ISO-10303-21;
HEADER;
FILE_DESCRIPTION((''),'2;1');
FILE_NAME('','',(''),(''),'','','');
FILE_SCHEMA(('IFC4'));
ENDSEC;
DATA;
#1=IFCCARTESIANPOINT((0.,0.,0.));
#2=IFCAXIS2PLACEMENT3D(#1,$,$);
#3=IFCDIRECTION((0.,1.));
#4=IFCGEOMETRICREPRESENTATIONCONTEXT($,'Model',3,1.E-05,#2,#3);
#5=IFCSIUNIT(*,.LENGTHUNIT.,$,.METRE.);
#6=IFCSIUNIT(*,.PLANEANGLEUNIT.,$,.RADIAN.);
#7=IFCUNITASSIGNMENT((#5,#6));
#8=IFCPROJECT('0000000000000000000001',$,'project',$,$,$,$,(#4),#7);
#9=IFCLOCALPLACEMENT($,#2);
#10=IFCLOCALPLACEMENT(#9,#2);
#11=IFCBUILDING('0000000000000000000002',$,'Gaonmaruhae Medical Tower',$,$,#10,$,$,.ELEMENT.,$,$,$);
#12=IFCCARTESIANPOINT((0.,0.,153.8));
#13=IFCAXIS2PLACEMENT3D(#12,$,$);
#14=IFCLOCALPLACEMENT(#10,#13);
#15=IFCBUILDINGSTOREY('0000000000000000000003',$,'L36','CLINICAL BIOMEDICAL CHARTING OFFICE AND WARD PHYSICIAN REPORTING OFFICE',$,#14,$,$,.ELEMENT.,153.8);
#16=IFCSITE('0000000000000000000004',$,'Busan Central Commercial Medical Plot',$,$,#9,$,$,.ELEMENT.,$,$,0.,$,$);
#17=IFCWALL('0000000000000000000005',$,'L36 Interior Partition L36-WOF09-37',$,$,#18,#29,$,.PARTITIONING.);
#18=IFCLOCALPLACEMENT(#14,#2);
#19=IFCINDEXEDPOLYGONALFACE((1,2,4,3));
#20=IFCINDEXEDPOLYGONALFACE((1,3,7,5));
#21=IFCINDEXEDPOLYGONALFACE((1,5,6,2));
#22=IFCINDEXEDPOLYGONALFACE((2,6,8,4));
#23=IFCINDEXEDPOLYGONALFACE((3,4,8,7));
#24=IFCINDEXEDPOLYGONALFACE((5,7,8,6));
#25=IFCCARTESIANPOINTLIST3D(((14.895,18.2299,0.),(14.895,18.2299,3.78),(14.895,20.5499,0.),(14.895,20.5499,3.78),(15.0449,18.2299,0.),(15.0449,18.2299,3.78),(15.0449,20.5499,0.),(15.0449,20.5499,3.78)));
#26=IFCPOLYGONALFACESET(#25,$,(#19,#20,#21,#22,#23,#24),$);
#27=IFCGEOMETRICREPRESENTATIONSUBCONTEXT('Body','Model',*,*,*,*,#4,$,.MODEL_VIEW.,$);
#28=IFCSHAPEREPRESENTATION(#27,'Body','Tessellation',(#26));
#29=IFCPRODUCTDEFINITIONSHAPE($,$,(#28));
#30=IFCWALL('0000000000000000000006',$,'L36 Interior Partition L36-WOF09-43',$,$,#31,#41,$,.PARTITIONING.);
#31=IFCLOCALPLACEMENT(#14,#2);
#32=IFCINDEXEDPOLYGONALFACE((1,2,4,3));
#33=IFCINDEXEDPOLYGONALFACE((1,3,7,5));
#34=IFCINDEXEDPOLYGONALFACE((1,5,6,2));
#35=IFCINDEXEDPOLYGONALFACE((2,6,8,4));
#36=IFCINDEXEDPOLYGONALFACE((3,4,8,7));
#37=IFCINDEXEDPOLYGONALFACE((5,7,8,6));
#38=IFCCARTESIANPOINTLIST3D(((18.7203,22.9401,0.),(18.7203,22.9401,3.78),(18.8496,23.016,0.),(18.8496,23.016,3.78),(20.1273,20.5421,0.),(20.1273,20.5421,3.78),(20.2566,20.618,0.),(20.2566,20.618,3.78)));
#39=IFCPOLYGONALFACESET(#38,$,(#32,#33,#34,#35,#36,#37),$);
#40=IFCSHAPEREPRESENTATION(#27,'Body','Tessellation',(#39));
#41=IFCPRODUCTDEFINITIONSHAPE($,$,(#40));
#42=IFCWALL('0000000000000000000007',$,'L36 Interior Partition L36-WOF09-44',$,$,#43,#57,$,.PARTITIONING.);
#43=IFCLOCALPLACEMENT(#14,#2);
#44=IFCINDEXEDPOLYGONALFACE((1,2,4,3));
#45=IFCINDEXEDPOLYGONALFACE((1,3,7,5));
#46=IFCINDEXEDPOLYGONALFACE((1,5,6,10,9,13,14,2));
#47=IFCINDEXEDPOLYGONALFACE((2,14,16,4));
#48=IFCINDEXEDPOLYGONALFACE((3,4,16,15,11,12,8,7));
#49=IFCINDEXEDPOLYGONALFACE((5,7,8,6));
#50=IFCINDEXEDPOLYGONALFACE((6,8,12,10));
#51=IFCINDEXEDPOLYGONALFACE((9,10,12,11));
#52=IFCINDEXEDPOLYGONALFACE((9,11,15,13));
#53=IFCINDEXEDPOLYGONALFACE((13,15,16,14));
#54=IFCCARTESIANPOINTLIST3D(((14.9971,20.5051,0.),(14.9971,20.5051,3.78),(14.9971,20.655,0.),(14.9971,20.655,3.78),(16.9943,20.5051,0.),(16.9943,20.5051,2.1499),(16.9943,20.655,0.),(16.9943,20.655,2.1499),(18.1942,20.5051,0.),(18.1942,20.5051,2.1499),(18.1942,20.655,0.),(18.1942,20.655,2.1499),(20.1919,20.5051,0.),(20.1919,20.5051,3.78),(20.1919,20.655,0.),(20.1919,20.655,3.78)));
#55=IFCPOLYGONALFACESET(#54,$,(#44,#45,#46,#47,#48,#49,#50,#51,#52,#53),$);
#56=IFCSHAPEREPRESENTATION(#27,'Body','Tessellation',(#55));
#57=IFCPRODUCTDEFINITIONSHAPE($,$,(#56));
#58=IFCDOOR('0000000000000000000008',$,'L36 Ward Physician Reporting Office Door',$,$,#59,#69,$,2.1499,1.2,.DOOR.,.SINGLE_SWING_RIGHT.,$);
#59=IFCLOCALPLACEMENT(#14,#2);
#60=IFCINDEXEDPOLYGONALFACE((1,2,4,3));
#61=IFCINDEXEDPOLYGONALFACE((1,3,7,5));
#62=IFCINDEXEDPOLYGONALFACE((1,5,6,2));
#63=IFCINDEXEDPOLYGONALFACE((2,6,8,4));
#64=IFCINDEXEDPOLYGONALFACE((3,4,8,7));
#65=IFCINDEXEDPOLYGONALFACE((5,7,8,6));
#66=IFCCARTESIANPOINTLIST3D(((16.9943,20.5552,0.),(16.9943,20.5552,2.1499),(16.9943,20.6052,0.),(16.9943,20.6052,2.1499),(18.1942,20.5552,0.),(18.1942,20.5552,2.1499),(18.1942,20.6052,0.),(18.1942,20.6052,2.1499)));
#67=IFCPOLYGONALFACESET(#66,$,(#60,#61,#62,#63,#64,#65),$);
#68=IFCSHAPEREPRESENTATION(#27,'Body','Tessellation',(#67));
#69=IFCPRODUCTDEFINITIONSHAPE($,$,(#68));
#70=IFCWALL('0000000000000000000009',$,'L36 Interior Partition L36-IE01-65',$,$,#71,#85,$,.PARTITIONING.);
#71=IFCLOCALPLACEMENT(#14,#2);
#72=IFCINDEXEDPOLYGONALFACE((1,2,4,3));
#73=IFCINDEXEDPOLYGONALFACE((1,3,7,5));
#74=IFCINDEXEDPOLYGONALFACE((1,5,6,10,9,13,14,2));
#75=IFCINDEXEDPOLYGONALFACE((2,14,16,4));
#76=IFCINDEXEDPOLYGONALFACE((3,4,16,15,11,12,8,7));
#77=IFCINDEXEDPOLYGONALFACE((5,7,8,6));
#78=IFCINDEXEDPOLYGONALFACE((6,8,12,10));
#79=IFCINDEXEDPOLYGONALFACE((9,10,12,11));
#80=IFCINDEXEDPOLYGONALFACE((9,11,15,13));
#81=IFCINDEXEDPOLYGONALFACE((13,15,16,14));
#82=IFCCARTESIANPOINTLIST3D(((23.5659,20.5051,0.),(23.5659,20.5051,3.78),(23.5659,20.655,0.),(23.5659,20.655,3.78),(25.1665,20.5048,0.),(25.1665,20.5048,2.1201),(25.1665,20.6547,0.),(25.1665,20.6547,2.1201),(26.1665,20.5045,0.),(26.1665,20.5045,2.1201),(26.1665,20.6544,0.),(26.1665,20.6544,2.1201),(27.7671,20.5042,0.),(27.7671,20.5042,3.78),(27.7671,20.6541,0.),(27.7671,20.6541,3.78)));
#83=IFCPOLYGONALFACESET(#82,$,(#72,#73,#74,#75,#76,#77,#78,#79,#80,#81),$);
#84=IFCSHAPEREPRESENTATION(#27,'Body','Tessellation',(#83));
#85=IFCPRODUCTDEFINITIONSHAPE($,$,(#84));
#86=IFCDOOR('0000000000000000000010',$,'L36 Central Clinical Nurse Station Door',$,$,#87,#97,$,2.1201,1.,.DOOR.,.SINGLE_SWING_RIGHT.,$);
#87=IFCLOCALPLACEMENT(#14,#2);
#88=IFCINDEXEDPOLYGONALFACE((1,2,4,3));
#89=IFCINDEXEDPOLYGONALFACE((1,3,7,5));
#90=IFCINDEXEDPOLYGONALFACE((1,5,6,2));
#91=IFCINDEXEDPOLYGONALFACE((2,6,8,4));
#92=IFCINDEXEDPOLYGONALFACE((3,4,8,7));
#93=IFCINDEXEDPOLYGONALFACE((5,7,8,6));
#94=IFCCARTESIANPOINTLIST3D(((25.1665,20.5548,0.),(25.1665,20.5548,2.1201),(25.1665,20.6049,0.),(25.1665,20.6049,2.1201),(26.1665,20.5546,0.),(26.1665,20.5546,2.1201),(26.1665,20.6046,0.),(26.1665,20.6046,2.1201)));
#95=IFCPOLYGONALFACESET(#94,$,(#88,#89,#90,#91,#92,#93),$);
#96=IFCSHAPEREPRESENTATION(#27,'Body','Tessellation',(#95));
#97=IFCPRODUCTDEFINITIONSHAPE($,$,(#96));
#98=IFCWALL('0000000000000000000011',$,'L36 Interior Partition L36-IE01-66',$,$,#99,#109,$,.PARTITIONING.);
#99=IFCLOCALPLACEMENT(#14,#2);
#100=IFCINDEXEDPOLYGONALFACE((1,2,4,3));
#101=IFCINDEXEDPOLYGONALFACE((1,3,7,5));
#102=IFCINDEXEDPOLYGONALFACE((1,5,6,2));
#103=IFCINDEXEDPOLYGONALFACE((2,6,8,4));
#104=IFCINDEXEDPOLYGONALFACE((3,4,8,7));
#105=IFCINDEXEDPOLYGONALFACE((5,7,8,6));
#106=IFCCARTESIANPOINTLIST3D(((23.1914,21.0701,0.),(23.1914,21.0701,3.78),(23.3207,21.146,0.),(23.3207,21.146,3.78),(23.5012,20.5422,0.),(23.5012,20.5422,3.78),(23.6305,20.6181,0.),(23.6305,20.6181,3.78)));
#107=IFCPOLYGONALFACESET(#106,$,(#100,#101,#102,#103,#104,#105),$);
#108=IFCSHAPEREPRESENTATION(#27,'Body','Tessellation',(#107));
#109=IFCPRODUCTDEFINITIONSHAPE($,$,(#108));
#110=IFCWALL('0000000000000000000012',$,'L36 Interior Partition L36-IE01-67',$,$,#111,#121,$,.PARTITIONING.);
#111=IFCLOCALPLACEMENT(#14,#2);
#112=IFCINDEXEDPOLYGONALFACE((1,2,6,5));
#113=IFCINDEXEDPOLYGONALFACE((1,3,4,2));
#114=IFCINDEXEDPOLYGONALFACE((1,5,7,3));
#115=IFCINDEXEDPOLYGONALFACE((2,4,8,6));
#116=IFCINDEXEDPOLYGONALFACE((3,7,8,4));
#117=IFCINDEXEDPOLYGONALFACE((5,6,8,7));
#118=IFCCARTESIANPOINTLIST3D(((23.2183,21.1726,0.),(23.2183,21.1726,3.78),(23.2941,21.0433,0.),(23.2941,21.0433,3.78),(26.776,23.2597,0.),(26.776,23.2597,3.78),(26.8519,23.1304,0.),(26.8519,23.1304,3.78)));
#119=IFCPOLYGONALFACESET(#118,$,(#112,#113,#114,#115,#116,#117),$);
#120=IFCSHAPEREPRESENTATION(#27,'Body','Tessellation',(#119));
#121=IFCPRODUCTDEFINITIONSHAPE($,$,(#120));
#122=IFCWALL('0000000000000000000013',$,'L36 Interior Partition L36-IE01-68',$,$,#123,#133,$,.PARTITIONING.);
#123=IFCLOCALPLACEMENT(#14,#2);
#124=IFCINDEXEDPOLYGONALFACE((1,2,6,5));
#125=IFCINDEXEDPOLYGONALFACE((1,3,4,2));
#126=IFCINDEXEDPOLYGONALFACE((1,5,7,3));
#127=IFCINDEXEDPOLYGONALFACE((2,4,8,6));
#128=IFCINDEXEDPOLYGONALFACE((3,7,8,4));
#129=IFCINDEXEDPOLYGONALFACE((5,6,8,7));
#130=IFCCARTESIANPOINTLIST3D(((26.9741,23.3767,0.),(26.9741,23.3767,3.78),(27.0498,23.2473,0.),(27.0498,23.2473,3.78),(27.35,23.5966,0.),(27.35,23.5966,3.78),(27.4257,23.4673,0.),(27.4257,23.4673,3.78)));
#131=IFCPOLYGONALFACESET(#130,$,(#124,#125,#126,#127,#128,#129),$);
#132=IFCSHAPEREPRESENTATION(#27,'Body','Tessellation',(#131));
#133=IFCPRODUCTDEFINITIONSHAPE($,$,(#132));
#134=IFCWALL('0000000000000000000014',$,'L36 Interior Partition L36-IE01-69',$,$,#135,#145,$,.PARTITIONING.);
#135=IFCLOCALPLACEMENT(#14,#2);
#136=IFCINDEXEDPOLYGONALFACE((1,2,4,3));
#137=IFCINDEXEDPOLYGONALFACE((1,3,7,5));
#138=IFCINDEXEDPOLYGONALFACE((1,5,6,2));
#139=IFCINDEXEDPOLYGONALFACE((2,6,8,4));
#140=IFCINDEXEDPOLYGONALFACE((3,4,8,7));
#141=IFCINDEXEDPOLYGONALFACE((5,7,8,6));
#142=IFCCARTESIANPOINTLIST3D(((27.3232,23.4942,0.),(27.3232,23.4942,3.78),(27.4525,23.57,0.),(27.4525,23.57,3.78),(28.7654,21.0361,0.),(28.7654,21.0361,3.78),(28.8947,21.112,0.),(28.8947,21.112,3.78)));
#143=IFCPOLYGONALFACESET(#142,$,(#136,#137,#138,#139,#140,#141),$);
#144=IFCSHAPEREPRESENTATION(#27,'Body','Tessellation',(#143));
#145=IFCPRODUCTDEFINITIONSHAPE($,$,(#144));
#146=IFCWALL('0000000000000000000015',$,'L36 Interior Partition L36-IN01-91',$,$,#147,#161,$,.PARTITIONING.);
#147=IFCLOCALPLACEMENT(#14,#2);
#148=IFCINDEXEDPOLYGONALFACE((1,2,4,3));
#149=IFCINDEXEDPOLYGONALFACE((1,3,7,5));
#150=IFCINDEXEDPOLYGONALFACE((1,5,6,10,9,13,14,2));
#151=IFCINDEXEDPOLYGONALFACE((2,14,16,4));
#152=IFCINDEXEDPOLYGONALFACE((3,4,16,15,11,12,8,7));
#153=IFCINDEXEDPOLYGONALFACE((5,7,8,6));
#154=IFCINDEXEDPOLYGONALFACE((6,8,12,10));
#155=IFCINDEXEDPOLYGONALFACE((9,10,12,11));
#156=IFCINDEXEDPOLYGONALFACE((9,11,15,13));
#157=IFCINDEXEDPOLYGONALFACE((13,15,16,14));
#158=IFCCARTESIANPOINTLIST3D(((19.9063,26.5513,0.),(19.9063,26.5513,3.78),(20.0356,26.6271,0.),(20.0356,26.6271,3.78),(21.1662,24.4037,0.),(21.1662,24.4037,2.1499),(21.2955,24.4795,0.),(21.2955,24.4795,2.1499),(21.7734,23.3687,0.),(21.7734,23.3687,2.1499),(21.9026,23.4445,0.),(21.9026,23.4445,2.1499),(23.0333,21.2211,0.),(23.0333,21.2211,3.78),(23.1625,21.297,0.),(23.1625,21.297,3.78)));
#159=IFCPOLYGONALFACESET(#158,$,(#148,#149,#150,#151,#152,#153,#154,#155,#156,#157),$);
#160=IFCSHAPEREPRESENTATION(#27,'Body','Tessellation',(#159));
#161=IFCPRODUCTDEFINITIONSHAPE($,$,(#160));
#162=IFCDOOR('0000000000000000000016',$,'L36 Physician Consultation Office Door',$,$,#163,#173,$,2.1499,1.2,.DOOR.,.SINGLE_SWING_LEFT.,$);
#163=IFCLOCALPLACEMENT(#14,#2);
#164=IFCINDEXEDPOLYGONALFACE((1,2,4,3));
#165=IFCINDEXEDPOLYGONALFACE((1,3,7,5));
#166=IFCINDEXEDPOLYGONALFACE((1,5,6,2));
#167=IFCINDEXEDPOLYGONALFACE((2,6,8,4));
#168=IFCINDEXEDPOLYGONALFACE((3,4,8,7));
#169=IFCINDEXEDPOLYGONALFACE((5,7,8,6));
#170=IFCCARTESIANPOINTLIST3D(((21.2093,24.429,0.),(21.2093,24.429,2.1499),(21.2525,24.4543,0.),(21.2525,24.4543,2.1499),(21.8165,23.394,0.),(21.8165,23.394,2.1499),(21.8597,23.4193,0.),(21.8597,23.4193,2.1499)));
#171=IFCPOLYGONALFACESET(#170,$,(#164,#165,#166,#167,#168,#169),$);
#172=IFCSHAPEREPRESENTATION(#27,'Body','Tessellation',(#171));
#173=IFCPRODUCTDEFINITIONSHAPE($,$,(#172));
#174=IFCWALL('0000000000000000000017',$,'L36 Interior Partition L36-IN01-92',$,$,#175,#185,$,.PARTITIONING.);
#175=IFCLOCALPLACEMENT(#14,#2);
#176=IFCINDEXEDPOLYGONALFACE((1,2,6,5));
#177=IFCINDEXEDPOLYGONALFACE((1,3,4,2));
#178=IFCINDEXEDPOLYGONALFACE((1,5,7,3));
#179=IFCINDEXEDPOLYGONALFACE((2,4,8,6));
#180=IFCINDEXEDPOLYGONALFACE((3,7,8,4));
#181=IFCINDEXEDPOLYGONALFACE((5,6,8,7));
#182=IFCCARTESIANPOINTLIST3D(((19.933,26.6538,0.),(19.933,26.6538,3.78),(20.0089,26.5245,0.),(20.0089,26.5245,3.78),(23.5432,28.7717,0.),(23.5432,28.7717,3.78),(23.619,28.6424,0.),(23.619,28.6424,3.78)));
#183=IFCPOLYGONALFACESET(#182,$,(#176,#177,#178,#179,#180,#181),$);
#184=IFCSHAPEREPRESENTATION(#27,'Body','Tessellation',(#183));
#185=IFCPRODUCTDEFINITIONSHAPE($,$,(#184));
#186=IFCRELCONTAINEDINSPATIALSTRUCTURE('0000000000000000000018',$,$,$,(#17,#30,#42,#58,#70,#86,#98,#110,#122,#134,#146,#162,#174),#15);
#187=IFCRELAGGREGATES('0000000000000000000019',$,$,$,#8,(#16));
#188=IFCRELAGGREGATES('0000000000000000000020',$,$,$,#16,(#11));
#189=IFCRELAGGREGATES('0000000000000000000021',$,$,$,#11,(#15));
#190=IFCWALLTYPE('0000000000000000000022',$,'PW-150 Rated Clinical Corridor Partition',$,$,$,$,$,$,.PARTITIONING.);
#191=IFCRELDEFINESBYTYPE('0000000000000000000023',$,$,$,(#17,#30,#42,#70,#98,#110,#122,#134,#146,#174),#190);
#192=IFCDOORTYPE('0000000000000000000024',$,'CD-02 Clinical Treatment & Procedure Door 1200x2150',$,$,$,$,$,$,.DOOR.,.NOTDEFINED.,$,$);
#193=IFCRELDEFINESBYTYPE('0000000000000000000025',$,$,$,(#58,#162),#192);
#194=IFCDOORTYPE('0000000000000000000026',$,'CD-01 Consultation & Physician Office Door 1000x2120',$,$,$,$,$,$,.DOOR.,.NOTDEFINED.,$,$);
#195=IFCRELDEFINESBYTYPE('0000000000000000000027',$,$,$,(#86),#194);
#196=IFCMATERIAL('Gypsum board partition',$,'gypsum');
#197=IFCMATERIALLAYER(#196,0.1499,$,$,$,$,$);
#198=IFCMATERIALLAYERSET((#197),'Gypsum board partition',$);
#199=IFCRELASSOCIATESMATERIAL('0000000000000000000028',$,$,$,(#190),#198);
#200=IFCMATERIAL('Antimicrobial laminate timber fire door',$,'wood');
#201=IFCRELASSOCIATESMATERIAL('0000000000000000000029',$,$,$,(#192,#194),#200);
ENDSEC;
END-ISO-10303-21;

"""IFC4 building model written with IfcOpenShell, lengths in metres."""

from ifc_helpers import new_model, si_unit, direction, frame, frame_2d, origin, place, context, subcontext, project, spatial, rectangle, extrude, material, layer, layer_set, type_object, element, fill, save


model = new_model("IFC4")

# Units and contexts
model_context = context("Model", 3, precision=1e-05, world=origin(), true_north=direction((0.0, 1.0)))
body_context = subcontext(model_context, "Body", "Model", "MODEL_VIEW")
ifc_project = project(units=[si_unit("LENGTHUNIT", "METRE"), si_unit("PLANEANGLEUNIT", "RADIAN")], contexts=[model_context])

# Site, building, storey
site_placement = place(None, origin())
site = spatial("IfcSite", under=ifc_project, at=site_placement, Name="Busan Central Commercial Medical Plot", CompositionType="ELEMENT", RefElevation=0.0)
building_placement = place(site_placement, origin())
building = spatial("IfcBuilding", under=site, at=building_placement, Name="Gaonmaruhae Medical Tower", CompositionType="ELEMENT")
storey_placement = place(building_placement, frame((0.0, 0.0, 153.8)))
storey = spatial("IfcBuildingStorey", under=building, at=storey_placement, Name="L36", Description="CLINICAL BIOMEDICAL CHARTING OFFICE AND WARD PHYSICIAN REPORTING OFFICE", CompositionType="ELEMENT", Elevation=153.8)

# Walls
ifc_material_1 = material(Name="Gypsum board partition", Category="gypsum")
ifc_layer_1 = layer(ifc_material_1, 0.1499)
ifc_layer_set_1 = layer_set([ifc_layer_1], Name="Gypsum board partition")
wall_type = type_object("IfcWallType", Name="PW-150 Rated Clinical Corridor Partition", PredefinedType="PARTITIONING", material=ifc_layer_set_1)
wall_1_placement = place(storey_placement, frame((14.97, 20.55, 0.0), z_axis=(0.0, 0.0, 1.0), x_axis=(0.0, -1.0, 0.0)))
element("IfcWall", 1, at=wall_1_placement, inside=storey, type_object=wall_type, Name="L36 Interior Partition L36-WOF09-37", PredefinedType="PARTITIONING", context=body_context, shape_type="SweptSolid", body=[
    extrude(rectangle(XDim=2.3201, YDim=0.1499, at=frame_2d((1.1602, 0.0))), origin(), (0.0, 0.0, 1.0), 3.78),
])
wall_2_placement = place(storey_placement, frame((18.7849, 22.978, 0.0), z_axis=(0.0, 0.0, 1.0), x_axis=(0.506064, -0.862496, 0.0)))
element("IfcWall", 2, at=wall_2_placement, inside=storey, type_object=wall_type, Name="L36 Interior Partition L36-WOF09-43", PredefinedType="PARTITIONING", context=body_context, shape_type="SweptSolid", body=[
    extrude(rectangle(XDim=2.7803, YDim=0.1499, at=frame_2d((1.3901, 0.0))), origin(), (0.0, 0.0, 1.0), 3.78),
])

# Walls, openings, doors
wall_3_placement = place(storey_placement, frame((20.1919, 20.5801, 0.0), z_axis=(0.0, 0.0, 1.0), x_axis=(-1.0, 0.0, 0.0)))
wall_3 = element("IfcWall", 3, at=wall_3_placement, inside=storey, type_object=wall_type, Name="L36 Interior Partition L36-WOF09-44", PredefinedType="PARTITIONING", context=body_context, shape_type="SweptSolid", body=[
    extrude(rectangle(XDim=5.1948, YDim=0.1499, at=frame_2d((2.5974, 0.0))), origin(), (0.0, 0.0, 1.0), 3.78),
])
opening_1_placement = place(wall_3_placement, frame((1.9976, 0.0, 0.0)))
opening_1 = element("IfcOpeningElement", 4, at=opening_1_placement, cuts=wall_3, PredefinedType="OPENING", context=body_context, shape_type="SweptSolid", body=[
    extrude(rectangle(XDim=1.2, YDim=2.1499, at=frame_2d((0.6001, 1.075))), frame((0.0, 0.085, 0.0), z_axis=(0.0, -1.0, 0.0), x_axis=(1.0, 0.0, 0.0)), (0.0, 0.0, 1.0), 0.1699),
])
ifc_material_2 = material(Name="Antimicrobial laminate timber fire door", Category="wood")
door_type_1 = type_object("IfcDoorType", Name="CD-02 Clinical Treatment & Procedure Door 1200x2150", OperationType="NOTDEFINED", PredefinedType="DOOR", material=ifc_material_2)
door_1_placement = place(opening_1_placement, origin())
door_1 = element("IfcDoor", 5, at=door_1_placement, inside=storey, type_object=door_type_1, Name="L36 Ward Physician Reporting Office Door", OperationType="SINGLE_SWING_RIGHT", OverallHeight=2.1499, OverallWidth=1.2, PredefinedType="DOOR", context=body_context, shape_type="SweptSolid", body=[
    extrude(rectangle(XDim=1.2, YDim=2.1499, at=frame_2d((0.6001, 1.075))), frame((0.0, 0.0249, 0.0), z_axis=(0.0, -1.0, 0.0), x_axis=(1.0, 0.0, 0.0)), (0.0, 0.0, 1.0), 0.05),
])
fill(opening_1, door_1)
wall_4_placement = place(storey_placement, frame((27.7671, 20.5791, 0.0), z_axis=(0.0, 0.0, 1.0), x_axis=(-1.0, 0.000232, 0.0)))
wall_4 = element("IfcWall", 6, at=wall_4_placement, inside=storey, type_object=wall_type, Name="L36 Interior Partition L36-IE01-65", PredefinedType="PARTITIONING", context=body_context, shape_type="SweptSolid", body=[
    extrude(rectangle(XDim=4.2012, YDim=0.1499, at=frame_2d((2.1006, 0.0))), origin(), (0.0, 0.0, 1.0), 3.78),
])
opening_2_placement = place(wall_4_placement, frame((1.6006, 0.0, 0.0)))
opening_2 = element("IfcOpeningElement", 7, at=opening_2_placement, cuts=wall_4, PredefinedType="OPENING", context=body_context, shape_type="SweptSolid", body=[
    extrude(rectangle(XDim=1.0, YDim=2.1201, at=frame_2d((0.5, 1.0601))), frame((0.0, 0.085, 0.0), z_axis=(0.0, -1.0, 0.0), x_axis=(1.0, 0.0, 0.0)), (0.0, 0.0, 1.0), 0.1699),
])
door_type_2 = type_object("IfcDoorType", Name="CD-01 Consultation & Physician Office Door 1000x2120", OperationType="NOTDEFINED", PredefinedType="DOOR", material=ifc_material_2)
door_2_placement = place(opening_2_placement, origin())
door_2 = element("IfcDoor", 8, at=door_2_placement, inside=storey, type_object=door_type_2, Name="L36 Central Clinical Nurse Station Door", OperationType="SINGLE_SWING_RIGHT", OverallHeight=2.1201, OverallWidth=1.0, PredefinedType="DOOR", context=body_context, shape_type="SweptSolid", body=[
    extrude(rectangle(XDim=1.0, YDim=2.1201, at=frame_2d((0.5, 1.0601))), frame((0.0, 0.0249, 0.0), z_axis=(0.0, -1.0, 0.0), x_axis=(1.0, 0.0, 0.0)), (0.0, 0.0, 1.0), 0.05),
])
fill(opening_2, door_2)

# Walls
wall_5_placement = place(storey_placement, frame((23.5659, 20.5801, 0.0), z_axis=(0.0, 0.0, 1.0), x_axis=(-0.506201, 0.862416, 0.0)))
element("IfcWall", 9, at=wall_5_placement, inside=storey, type_object=wall_type, Name="L36 Interior Partition L36-IE01-66", PredefinedType="PARTITIONING", context=body_context, shape_type="SweptSolid", body=[
    extrude(rectangle(XDim=0.6121, YDim=0.1499, at=frame_2d((0.3062, 0.0))), origin(), (0.0, 0.0, 1.0), 3.78),
])
wall_6_placement = place(storey_placement, frame((23.2561, 21.1079, 0.0), z_axis=(0.0, 0.0, 1.0), x_axis=(0.862538, 0.505993, 0.0)))
element("IfcWall", 10, at=wall_6_placement, inside=storey, type_object=wall_type, Name="L36 Interior Partition L36-IE01-67", PredefinedType="PARTITIONING", context=body_context, shape_type="SweptSolid", body=[
    extrude(rectangle(XDim=4.1248, YDim=0.1499, at=frame_2d((2.0625, 0.0))), origin(), (0.0, 0.0, 1.0), 3.78),
])
wall_7_placement = place(storey_placement, frame((27.012, 23.312, 0.0), z_axis=(0.0, 0.0, 1.0), x_axis=(0.863128, 0.504986, 0.0)))
element("IfcWall", 11, at=wall_7_placement, inside=storey, type_object=wall_type, Name="L36 Interior Partition L36-IE01-68", PredefinedType="PARTITIONING", context=body_context, shape_type="SweptSolid", body=[
    extrude(rectangle(XDim=0.4355, YDim=0.1499, at=frame_2d((0.2178, 0.0))), origin(), (0.0, 0.0, 1.0), 3.78),
])
wall_8_placement = place(storey_placement, frame((27.3879, 23.532, 0.0), z_axis=(0.0, 0.0, 1.0), x_axis=(0.506043, -0.862508, 0.0)))
element("IfcWall", 12, at=wall_8_placement, inside=storey, type_object=wall_type, Name="L36 Interior Partition L36-IE01-69", PredefinedType="PARTITIONING", context=body_context, shape_type="SweptSolid", body=[
    extrude(rectangle(XDim=2.8499, YDim=0.1499, at=frame_2d((1.4248, 0.0))), origin(), (0.0, 0.0, 1.0), 3.78),
])

# Wall, opening, door
wall_9_placement = place(storey_placement, frame((23.0979, 21.259, 0.0), z_axis=(0.0, 0.0, 1.0), x_axis=(-0.506011, 0.862527, 0.0)))
wall_9 = element("IfcWall", 13, at=wall_9_placement, inside=storey, type_object=wall_type, Name="L36 Interior Partition L36-IN01-91", PredefinedType="PARTITIONING", context=body_context, shape_type="SweptSolid", body=[
    extrude(rectangle(XDim=6.1797, YDim=0.1499, at=frame_2d((3.0898, 0.0))), origin(), (0.0, 0.0, 1.0), 3.78),
])
opening_3_placement = place(wall_9_placement, frame((2.4897, 0.0, 0.0)))
opening_3 = element("IfcOpeningElement", 14, at=opening_3_placement, cuts=wall_9, PredefinedType="OPENING", context=body_context, shape_type="SweptSolid", body=[
    extrude(rectangle(XDim=1.2, YDim=2.1499, at=frame_2d((0.6001, 1.075))), frame((0.0, 0.085, 0.0), z_axis=(0.0, -1.0, 0.0), x_axis=(1.0, 0.0, 0.0)), (0.0, 0.0, 1.0), 0.1699),
])
door_3_placement = place(opening_3_placement, origin())
door_3 = element("IfcDoor", 15, at=door_3_placement, inside=storey, type_object=door_type_1, Name="L36 Physician Consultation Office Door", OperationType="SINGLE_SWING_LEFT", OverallHeight=2.1499, OverallWidth=1.2, PredefinedType="DOOR", context=body_context, shape_type="SweptSolid", body=[
    extrude(rectangle(XDim=1.2, YDim=2.1499, at=frame_2d((0.6001, 1.075))), frame((0.0, 0.0249, 0.0), z_axis=(0.0, -1.0, 0.0), x_axis=(1.0, 0.0, 0.0)), (0.0, 0.0, 1.0), 0.05),
])
fill(opening_3, door_3)

# Wall
wall_10_placement = place(storey_placement, frame((19.9709, 26.5891, 0.0), z_axis=(0.0, 0.0, 1.0), x_axis=(0.862526, 0.506013, 0.0)))
element("IfcWall", 16, at=wall_10_placement, inside=storey, type_object=wall_type, Name="L36 Interior Partition L36-IN01-92", PredefinedType="PARTITIONING", context=body_context, shape_type="SweptSolid", body=[
    extrude(rectangle(XDim=4.1855, YDim=0.1499, at=frame_2d((2.0928, 0.0))), origin(), (0.0, 0.0, 1.0), 3.78),
])

save(model, "model.ifc")
